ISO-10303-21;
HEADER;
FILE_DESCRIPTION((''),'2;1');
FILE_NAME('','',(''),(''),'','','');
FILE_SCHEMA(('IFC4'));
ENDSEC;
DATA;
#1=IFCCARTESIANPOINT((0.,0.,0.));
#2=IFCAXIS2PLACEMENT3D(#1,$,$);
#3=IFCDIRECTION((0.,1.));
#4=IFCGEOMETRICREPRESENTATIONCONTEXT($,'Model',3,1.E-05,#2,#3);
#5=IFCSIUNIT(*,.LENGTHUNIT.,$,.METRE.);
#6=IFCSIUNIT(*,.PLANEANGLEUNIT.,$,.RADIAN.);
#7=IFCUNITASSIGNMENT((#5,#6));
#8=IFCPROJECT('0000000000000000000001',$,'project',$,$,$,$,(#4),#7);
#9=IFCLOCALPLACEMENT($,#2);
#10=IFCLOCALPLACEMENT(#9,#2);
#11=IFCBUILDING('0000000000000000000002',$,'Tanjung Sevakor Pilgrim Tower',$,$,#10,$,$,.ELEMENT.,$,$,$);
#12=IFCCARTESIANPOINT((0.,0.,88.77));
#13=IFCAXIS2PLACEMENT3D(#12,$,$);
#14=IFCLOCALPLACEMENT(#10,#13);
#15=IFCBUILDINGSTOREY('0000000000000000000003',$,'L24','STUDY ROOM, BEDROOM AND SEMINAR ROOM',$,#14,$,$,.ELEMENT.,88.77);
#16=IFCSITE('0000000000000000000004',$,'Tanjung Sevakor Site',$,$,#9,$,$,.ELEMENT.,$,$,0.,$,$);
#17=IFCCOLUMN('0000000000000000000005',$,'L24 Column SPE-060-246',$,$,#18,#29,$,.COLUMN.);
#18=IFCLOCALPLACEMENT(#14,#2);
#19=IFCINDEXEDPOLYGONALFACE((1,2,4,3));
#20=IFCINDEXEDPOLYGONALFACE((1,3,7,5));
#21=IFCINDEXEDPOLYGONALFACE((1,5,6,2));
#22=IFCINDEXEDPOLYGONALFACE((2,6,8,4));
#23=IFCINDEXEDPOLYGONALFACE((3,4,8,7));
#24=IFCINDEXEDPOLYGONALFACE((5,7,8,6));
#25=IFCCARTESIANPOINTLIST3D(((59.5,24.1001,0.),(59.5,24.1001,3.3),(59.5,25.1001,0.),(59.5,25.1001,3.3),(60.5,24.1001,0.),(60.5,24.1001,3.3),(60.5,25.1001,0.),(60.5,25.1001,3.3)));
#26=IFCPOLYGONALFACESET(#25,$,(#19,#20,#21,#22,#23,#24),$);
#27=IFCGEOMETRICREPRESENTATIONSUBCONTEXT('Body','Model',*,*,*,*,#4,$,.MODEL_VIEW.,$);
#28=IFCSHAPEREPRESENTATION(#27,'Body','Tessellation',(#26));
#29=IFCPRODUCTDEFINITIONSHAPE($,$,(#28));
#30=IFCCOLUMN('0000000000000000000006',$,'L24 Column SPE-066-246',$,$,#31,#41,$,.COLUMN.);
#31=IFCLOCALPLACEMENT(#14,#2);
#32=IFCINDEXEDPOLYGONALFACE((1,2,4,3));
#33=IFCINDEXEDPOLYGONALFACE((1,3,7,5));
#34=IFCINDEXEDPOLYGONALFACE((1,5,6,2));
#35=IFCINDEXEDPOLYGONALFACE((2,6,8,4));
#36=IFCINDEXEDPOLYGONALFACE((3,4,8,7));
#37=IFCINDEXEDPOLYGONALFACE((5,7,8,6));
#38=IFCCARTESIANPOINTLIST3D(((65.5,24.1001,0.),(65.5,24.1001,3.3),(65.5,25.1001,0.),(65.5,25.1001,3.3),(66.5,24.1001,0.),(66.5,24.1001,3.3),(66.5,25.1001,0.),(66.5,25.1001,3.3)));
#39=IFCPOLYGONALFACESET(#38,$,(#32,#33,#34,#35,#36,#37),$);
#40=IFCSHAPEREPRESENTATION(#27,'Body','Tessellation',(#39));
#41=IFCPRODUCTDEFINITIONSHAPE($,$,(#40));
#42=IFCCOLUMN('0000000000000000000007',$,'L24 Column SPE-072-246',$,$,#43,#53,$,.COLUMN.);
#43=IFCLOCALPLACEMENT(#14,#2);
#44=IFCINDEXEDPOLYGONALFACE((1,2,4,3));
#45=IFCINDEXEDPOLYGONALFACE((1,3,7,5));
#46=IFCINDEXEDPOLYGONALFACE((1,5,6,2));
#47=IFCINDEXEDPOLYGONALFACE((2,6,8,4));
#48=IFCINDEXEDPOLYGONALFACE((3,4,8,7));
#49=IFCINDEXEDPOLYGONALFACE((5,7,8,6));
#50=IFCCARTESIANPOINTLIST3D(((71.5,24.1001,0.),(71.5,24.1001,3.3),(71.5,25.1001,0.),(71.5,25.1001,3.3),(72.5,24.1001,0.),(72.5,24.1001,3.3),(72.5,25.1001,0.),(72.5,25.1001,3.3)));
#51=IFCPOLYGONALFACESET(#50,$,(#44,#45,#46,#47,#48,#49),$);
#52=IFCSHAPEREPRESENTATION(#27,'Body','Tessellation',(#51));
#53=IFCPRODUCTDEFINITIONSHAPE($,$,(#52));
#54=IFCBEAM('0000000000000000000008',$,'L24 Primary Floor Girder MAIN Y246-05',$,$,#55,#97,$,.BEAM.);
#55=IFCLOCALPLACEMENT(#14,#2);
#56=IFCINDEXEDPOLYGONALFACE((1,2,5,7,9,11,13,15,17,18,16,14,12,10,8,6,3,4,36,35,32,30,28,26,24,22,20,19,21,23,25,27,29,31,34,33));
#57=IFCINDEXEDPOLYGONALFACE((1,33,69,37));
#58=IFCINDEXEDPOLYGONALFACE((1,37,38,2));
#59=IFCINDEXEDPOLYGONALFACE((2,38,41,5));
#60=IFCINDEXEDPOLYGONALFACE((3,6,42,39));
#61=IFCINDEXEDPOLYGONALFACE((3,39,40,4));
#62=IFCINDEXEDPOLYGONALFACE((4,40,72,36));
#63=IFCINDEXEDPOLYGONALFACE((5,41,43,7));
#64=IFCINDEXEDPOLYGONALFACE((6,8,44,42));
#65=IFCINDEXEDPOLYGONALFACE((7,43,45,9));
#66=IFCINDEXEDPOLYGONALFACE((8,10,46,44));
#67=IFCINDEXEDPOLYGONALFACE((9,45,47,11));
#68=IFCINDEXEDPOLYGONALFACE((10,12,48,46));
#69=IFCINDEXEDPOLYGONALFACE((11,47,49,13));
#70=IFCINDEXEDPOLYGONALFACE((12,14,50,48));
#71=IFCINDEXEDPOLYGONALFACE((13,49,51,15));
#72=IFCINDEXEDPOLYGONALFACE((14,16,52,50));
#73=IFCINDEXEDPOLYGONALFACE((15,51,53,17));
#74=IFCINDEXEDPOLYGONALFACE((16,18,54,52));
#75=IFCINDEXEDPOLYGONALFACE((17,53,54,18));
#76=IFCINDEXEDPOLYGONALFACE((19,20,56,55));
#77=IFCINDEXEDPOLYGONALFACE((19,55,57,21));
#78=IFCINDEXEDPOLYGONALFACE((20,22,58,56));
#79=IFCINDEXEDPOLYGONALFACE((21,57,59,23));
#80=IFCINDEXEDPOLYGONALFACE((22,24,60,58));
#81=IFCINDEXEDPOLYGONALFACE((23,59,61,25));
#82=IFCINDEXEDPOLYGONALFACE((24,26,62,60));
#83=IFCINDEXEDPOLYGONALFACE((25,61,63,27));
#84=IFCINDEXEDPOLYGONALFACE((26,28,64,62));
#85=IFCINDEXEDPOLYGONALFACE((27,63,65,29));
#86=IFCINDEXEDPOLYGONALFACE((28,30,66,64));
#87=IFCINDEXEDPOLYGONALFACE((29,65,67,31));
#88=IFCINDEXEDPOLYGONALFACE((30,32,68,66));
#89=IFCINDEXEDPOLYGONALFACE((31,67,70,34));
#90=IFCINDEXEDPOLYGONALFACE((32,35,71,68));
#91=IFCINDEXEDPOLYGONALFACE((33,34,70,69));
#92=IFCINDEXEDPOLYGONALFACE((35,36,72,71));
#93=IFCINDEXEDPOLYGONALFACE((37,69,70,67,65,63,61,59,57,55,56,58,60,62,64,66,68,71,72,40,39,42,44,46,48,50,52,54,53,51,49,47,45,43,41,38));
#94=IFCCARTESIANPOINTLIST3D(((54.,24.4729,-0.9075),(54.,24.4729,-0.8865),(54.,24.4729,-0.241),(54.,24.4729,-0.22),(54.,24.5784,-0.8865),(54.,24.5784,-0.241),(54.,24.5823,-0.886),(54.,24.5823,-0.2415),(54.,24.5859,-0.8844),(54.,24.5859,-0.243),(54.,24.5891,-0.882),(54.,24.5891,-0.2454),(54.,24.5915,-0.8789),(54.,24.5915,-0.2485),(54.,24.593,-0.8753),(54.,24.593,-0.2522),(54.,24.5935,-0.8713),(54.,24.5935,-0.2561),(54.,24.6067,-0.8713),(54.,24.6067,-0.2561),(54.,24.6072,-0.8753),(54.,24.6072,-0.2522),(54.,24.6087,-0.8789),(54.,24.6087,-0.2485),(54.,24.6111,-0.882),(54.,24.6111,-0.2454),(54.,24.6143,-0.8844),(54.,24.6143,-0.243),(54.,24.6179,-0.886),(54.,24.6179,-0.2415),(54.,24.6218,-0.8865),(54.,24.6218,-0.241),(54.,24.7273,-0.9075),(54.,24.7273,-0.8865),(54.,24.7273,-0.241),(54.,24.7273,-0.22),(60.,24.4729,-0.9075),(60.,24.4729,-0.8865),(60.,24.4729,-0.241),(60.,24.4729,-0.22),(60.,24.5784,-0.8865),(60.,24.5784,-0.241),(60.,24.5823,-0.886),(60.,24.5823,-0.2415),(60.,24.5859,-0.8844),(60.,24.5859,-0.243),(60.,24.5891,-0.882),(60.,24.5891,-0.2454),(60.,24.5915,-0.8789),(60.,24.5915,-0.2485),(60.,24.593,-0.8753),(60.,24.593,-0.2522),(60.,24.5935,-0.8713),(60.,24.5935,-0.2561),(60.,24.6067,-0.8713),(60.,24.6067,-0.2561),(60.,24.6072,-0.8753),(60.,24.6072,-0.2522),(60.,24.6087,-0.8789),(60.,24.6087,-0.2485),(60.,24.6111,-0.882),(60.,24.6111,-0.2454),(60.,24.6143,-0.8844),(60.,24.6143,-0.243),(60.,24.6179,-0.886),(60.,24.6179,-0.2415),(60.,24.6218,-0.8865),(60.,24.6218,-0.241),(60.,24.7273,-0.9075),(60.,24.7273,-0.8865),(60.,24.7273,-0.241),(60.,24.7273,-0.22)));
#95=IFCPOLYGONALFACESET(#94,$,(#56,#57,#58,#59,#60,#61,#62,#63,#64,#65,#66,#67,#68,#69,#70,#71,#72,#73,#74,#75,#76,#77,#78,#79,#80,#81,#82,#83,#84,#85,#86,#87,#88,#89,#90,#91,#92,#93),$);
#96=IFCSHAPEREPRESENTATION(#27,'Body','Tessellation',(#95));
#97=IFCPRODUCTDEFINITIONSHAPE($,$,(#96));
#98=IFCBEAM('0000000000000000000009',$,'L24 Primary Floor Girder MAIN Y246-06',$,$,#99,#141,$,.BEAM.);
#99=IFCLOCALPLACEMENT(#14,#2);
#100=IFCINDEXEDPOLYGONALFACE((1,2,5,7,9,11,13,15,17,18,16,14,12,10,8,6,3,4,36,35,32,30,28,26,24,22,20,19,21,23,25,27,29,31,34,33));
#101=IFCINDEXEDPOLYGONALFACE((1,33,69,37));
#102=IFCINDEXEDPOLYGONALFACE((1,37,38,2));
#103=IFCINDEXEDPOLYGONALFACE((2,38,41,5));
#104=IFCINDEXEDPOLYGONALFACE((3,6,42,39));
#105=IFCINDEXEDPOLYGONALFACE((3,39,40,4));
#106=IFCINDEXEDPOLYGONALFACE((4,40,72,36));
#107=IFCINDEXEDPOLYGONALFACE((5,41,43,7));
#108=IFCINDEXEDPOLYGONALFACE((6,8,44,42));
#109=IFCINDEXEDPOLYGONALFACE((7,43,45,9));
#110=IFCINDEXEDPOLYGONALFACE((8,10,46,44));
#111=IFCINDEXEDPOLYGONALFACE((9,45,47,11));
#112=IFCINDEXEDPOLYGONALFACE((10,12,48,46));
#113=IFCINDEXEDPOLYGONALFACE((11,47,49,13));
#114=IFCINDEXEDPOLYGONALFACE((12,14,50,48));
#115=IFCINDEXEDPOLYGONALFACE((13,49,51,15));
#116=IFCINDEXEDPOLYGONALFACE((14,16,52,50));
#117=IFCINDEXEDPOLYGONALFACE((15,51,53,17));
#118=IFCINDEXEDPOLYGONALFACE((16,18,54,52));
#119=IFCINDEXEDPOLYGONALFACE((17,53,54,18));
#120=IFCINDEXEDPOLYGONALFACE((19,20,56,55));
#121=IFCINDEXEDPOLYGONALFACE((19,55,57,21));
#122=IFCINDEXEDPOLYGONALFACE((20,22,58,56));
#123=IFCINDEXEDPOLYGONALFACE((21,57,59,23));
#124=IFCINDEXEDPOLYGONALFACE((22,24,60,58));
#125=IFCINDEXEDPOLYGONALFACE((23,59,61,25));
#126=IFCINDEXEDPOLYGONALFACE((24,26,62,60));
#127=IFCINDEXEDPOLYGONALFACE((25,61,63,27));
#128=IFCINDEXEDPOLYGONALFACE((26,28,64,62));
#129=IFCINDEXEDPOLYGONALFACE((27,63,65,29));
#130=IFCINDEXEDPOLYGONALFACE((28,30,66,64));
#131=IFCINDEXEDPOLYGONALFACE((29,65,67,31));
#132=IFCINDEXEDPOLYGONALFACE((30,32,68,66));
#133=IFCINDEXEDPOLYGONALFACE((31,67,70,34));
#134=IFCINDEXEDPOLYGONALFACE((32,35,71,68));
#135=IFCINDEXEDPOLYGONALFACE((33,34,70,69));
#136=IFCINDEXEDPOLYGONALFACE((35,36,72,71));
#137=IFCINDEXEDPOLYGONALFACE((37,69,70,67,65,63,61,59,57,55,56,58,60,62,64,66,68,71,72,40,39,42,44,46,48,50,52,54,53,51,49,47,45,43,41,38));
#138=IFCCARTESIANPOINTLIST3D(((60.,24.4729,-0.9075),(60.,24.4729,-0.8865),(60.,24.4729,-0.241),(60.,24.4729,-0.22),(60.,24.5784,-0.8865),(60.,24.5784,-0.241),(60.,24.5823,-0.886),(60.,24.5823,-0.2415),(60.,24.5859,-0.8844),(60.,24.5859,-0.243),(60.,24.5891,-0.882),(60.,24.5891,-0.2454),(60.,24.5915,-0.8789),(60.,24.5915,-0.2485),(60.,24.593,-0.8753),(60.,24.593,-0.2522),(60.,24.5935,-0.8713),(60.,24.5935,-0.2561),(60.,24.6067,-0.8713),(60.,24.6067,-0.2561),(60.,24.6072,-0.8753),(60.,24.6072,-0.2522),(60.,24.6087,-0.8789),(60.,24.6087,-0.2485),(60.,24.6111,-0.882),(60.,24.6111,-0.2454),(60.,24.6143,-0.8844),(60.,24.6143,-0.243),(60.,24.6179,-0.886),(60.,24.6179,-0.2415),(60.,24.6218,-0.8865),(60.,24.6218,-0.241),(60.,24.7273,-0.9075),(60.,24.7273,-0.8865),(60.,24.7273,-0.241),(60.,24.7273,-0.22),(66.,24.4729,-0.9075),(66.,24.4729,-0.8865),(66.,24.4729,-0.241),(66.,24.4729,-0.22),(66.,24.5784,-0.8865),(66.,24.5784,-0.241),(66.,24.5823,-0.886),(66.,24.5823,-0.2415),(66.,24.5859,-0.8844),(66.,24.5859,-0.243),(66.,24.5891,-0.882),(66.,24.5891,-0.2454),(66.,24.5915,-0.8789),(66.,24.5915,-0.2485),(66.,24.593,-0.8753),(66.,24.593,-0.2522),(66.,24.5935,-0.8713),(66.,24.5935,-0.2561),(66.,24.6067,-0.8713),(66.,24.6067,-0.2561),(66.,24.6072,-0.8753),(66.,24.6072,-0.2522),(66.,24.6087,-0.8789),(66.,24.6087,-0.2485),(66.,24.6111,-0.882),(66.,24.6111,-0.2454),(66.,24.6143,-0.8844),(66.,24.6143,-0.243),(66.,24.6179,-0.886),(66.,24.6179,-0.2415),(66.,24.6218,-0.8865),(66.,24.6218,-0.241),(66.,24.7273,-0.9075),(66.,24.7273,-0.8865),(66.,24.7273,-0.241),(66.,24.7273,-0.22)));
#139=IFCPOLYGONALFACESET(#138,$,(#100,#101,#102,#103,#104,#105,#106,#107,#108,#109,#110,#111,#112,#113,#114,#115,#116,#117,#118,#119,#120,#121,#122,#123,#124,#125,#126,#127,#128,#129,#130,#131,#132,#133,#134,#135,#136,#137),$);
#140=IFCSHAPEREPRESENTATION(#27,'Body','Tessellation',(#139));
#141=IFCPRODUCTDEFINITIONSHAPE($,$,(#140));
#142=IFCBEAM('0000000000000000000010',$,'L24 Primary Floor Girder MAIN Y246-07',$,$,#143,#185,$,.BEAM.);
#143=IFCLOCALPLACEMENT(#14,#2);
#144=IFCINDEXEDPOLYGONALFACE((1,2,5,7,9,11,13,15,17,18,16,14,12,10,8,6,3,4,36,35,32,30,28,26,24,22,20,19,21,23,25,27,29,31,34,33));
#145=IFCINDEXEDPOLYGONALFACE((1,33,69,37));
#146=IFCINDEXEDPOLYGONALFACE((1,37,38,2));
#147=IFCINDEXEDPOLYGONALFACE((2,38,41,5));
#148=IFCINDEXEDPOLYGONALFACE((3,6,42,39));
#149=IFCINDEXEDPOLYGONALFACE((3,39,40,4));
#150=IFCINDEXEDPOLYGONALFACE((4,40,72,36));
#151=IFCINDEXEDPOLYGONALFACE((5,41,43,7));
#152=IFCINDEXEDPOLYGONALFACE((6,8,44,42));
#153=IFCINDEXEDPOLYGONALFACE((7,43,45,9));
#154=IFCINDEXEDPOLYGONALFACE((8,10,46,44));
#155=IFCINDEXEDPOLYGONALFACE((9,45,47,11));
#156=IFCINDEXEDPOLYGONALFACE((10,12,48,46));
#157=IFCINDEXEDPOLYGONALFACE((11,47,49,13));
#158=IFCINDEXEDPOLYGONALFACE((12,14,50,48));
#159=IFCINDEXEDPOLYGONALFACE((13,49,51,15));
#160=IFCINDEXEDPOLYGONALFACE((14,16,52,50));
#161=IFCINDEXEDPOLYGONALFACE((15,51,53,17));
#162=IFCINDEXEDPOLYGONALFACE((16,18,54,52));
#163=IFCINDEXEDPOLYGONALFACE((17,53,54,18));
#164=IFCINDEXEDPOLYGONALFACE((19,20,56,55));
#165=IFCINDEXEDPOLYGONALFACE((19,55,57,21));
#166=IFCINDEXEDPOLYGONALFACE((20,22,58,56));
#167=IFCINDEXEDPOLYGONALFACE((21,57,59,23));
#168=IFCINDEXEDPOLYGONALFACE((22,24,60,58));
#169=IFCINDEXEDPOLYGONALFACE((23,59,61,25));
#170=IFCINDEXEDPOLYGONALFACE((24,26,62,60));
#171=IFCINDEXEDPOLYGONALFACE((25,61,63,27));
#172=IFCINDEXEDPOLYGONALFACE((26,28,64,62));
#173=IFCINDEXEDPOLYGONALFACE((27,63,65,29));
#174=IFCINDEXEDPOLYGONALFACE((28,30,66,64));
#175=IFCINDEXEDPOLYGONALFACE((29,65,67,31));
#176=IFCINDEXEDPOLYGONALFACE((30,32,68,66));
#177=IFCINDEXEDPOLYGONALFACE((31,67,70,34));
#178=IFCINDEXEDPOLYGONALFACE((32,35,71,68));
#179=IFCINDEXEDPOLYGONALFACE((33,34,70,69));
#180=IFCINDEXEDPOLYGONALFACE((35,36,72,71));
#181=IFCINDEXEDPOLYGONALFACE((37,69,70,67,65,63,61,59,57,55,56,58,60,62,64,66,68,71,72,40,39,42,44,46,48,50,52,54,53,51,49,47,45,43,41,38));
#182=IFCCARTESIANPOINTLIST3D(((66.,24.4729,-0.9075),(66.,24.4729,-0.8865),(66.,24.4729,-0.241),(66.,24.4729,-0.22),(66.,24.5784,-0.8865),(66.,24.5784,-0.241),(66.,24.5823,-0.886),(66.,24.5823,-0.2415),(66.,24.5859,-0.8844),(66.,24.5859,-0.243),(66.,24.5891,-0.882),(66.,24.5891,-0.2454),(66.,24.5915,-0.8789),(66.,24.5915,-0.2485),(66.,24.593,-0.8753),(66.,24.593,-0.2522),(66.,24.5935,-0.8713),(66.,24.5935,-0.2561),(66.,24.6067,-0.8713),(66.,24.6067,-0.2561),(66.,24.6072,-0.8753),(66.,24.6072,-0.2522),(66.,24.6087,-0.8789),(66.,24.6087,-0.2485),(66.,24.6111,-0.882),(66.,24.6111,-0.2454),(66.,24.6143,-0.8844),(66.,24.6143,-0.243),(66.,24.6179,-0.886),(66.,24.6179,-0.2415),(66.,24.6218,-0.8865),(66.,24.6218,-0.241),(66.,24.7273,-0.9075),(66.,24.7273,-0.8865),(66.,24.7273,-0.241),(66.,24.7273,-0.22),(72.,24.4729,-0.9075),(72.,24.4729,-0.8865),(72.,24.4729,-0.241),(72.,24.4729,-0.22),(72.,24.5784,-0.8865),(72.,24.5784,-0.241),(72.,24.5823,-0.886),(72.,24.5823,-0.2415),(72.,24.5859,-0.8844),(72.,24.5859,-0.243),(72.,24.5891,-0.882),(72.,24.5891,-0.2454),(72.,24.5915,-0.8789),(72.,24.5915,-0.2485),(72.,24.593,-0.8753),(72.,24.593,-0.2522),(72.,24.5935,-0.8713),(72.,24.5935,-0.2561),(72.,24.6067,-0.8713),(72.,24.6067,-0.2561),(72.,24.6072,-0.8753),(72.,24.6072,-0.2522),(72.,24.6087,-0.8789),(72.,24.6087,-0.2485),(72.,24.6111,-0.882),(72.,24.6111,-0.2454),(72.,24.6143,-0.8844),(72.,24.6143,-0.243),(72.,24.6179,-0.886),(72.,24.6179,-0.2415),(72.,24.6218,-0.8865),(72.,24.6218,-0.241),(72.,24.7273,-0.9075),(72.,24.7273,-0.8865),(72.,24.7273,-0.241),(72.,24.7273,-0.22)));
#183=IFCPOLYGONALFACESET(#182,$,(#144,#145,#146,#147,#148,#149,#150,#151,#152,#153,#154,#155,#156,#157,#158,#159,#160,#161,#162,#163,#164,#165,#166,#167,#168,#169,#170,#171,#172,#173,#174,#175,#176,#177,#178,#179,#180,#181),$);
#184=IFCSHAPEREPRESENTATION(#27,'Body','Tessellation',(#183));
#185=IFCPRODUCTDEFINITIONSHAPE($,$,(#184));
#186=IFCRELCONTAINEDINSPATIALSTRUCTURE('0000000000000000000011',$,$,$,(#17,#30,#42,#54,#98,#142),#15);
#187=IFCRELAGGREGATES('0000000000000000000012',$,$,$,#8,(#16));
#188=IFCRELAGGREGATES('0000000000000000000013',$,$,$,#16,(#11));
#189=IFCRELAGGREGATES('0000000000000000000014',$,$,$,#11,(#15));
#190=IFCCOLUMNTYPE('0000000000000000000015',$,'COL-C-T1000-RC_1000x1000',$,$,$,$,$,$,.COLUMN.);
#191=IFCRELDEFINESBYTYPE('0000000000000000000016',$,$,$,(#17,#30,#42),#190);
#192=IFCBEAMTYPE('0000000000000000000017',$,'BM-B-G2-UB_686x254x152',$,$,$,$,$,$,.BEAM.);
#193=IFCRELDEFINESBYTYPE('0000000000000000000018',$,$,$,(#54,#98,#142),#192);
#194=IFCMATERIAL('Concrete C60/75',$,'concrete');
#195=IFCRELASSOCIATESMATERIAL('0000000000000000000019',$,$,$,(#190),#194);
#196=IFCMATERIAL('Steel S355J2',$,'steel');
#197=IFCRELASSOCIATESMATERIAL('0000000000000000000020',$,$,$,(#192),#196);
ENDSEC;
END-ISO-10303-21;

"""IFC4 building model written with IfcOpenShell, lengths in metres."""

from ifc_helpers import new_model, si_unit, direction, frame, origin, origin_2d, place, context, subcontext, project, spatial, rectangle, i_section, extrude, material, material_profile, profile_set, type_object, element, save


model = new_model("IFC4")

# Units and contexts
model_context = context("Model", 3, precision=1e-05, world=origin(), true_north=direction((0.0, 1.0)))
body_context = subcontext(model_context, "Body", "Model", "MODEL_VIEW")
ifc_project = project(units=[si_unit("LENGTHUNIT", "METRE"), si_unit("PLANEANGLEUNIT", "RADIAN")], contexts=[model_context])

# Site, building, storey
site_placement = place(None, origin())
site = spatial("IfcSite", under=ifc_project, at=site_placement, Name="Tanjung Sevakor Site", CompositionType="ELEMENT", RefElevation=0.0)
building_placement = place(site_placement, origin())
building = spatial("IfcBuilding", under=site, at=building_placement, Name="Tanjung Sevakor Pilgrim Tower", CompositionType="ELEMENT")
storey_placement = place(building_placement, frame((0.0, 0.0, 88.77)))
storey = spatial("IfcBuildingStorey", under=building, at=storey_placement, Name="L24", Description="STUDY ROOM, BEDROOM AND SEMINAR ROOM", CompositionType="ELEMENT", Elevation=88.77)

# Columns
ifc_material_1 = material(Name="Concrete C60/75", Category="concrete")
ifc_material_profile_1 = material_profile(ifc_material_1, rectangle(XDim=1.0, YDim=1.0, at=origin_2d()))
ifc_profile_set_1 = profile_set([ifc_material_profile_1], Name="Concrete C60/75")
column_type = type_object("IfcColumnType", Name="COL-C-T1000-RC_1000x1000", PredefinedType="COLUMN", material=ifc_profile_set_1)
for number, where, z_axis, x_axis, name in (
    (1, (60.0, 24.6001, 0.0), (0.0, 0.0, 1.0), (1.0, 0.0, 0.0), "L24 Column SPE-060-246"),
    (2, (66.0, 24.6001, 0.0), (0.0, 0.0, 1.0), (1.0, 0.0, 0.0), "L24 Column SPE-066-246"),
    (3, (72.0, 24.6001, 0.0), (0.0, 0.0, 1.0), (1.0, 0.0, 0.0), "L24 Column SPE-072-246"),
):
    element("IfcColumn", number, at=place(storey_placement, frame(where, z_axis=z_axis, x_axis=x_axis)), inside=storey, type_object=column_type, Name=name, PredefinedType="COLUMN", context=body_context, shape_type="SweptSolid", body=[
        extrude(rectangle(XDim=1.0, YDim=1.0, at=origin_2d()), origin(), (0.0, 0.0, 1.0), 3.3),
    ])

# Beams
ifc_material_2 = material(Name="Steel S355J2", Category="steel")
ifc_material_profile_2 = material_profile(ifc_material_2, i_section(OverallWidth=0.2544, OverallDepth=0.6875, WebThickness=0.0132, FlangeThickness=0.021, FilletRadius=0.0151, at=origin_2d()))
ifc_profile_set_2 = profile_set([ifc_material_profile_2], Name="Steel S355J2")
beam_type_1 = type_object("IfcBeamType", Name="BM-B-G2-UB_686x254x152", PredefinedType="BEAM", material=ifc_profile_set_2)
for number, where, z_axis, x_axis, name in (
    (4, (54.0, 24.6001, -0.5637), (1.0, 0.0, 0.0), (0.0, 1.0, 0.0), "L24 Primary Floor Girder MAIN Y246-05"),
    (5, (60.0, 24.6001, -0.5637), (1.0, 0.0, 0.0), (0.0, 1.0, 0.0), "L24 Primary Floor Girder MAIN Y246-06"),
    (6, (66.0, 24.6001, -0.5637), (1.0, 0.0, 0.0), (0.0, 1.0, 0.0), "L24 Primary Floor Girder MAIN Y246-07"),
):
    element("IfcBeam", number, at=place(storey_placement, frame(where, z_axis=z_axis, x_axis=x_axis)), inside=storey, type_object=beam_type_1, Name=name, PredefinedType="BEAM", context=body_context, shape_type="SweptSolid", body=[
        extrude(i_section(OverallWidth=0.2544, OverallDepth=0.6875, WebThickness=0.0132, FlangeThickness=0.021, FilletRadius=0.0151, at=origin_2d()), origin(), (0.0, 0.0, 1.0), 6.0),
    ])

save(model, "model.ifc")
